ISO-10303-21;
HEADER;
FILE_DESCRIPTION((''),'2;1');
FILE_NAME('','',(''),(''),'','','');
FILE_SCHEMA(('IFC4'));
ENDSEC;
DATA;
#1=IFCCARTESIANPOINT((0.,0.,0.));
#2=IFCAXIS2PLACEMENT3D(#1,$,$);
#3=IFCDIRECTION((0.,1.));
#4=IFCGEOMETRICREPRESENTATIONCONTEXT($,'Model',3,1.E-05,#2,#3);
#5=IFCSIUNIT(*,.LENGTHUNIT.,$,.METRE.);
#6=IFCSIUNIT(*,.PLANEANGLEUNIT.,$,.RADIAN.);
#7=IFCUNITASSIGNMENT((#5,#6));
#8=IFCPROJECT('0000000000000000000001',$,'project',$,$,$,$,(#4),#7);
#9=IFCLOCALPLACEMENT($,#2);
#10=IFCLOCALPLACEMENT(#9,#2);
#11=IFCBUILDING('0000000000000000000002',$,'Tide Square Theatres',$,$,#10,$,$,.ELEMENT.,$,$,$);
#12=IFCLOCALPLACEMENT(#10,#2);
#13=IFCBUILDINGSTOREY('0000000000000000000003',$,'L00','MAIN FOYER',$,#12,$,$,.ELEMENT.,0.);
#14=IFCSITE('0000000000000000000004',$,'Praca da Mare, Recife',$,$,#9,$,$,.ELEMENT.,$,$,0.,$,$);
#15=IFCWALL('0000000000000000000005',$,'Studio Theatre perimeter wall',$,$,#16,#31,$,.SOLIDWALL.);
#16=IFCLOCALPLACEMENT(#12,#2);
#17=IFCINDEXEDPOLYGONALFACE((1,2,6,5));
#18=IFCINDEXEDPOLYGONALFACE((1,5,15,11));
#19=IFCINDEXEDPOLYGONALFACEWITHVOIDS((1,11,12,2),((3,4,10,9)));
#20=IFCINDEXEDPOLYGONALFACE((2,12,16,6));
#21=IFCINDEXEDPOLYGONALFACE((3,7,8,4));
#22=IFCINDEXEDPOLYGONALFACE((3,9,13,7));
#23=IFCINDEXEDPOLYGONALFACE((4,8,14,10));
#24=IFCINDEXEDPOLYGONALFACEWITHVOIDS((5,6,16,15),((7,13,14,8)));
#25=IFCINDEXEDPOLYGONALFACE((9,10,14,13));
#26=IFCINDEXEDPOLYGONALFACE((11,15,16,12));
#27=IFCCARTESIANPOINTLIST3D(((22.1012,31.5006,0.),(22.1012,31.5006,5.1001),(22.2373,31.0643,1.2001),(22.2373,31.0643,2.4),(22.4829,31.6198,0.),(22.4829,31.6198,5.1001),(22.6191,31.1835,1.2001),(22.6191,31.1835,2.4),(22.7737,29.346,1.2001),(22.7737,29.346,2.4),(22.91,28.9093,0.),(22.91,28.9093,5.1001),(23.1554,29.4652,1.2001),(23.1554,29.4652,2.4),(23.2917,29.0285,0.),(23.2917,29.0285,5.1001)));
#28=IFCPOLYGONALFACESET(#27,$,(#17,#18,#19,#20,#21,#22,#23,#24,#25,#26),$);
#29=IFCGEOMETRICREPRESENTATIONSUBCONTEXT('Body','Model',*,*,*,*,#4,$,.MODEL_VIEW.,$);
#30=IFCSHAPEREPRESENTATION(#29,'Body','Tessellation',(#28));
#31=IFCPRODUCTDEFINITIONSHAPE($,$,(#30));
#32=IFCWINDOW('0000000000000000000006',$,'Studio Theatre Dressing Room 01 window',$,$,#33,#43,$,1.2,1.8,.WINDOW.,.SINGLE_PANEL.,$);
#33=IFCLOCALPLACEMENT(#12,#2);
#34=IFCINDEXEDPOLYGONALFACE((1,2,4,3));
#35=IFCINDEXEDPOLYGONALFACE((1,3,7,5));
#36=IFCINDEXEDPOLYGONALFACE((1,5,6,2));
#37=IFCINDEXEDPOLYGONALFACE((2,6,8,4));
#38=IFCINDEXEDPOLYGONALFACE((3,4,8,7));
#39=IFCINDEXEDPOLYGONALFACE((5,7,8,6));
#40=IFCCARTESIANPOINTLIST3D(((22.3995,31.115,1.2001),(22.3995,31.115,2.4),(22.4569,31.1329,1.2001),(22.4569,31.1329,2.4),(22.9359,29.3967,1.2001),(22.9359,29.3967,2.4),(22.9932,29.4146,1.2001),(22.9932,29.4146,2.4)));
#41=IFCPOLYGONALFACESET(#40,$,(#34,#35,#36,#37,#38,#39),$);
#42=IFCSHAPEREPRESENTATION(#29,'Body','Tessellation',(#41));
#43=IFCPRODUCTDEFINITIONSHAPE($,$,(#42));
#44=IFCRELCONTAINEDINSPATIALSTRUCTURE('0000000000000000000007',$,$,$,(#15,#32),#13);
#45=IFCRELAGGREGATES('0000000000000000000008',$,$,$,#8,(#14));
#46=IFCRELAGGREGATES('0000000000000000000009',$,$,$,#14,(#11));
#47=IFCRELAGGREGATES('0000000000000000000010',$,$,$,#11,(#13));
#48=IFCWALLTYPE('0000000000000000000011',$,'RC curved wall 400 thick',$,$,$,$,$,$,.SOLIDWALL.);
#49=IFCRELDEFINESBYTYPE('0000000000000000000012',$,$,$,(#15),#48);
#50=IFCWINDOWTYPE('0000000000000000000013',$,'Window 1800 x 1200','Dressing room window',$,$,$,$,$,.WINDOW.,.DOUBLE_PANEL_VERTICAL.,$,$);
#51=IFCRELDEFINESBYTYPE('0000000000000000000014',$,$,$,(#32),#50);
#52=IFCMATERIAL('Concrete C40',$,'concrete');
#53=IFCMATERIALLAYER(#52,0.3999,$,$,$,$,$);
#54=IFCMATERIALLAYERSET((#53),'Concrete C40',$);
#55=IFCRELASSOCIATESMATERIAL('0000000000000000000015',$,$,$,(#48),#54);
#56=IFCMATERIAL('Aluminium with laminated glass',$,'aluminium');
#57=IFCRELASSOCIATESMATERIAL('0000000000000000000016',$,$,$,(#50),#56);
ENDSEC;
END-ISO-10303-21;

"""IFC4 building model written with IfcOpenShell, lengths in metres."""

from ifc_helpers import new_model, si_unit, direction, frame, frame_2d, origin, place, context, subcontext, project, spatial, rectangle, extrude, material, layer, layer_set, type_object, element, fill, save


model = new_model("IFC4")

# Units and contexts
model_context = context("Model", 3, precision=1e-05, world=origin(), true_north=direction((0.0, 1.0)))
body_context = subcontext(model_context, "Body", "Model", "MODEL_VIEW")
ifc_project = project(units=[si_unit("LENGTHUNIT", "METRE"), si_unit("PLANEANGLEUNIT", "RADIAN")], contexts=[model_context])

# Site, building, storey
site_placement = place(None, origin())
site = spatial("IfcSite", under=ifc_project, at=site_placement, Name="Praca da Mare, Recife", CompositionType="ELEMENT", RefElevation=0.0)
building_placement = place(site_placement, origin())
building = spatial("IfcBuilding", under=site, at=building_placement, Name="Tide Square Theatres", CompositionType="ELEMENT")
storey_placement = place(building_placement, origin())
storey = spatial("IfcBuildingStorey", under=building, at=storey_placement, Name="L00", Description="MAIN FOYER", CompositionType="ELEMENT", Elevation=0.0)

# Wall, opening, window
ifc_material_1 = material(Name="Concrete C40", Category="concrete")
ifc_layer_1 = layer(ifc_material_1, 0.3999)
ifc_layer_set_1 = layer_set([ifc_layer_1], Name="Concrete C40")
wall_type_1 = type_object("IfcWallType", Name="RC curved wall 400 thick", PredefinedType="SOLIDWALL", material=ifc_layer_set_1)
ifc_material_2 = material(Name="Aluminium with laminated glass", Category="aluminium")
window_type_1 = type_object("IfcWindowType", Name="Window 1800 x 1200", Description="Dressing room window", PartitioningType="DOUBLE_PANEL_VERTICAL", PredefinedType="WINDOW", material=ifc_material_2)
wall_1_placement = place(storey_placement, frame((22.292, 31.5603, 0.0), z_axis=(0.0, 0.0, 1.0), x_axis=(0.297957, -0.954579, 0.0)))
wall_1 = element("IfcWall", 1, at=wall_1_placement, inside=storey, type_object=wall_type_1, Name="Studio Theatre perimeter wall", PredefinedType="SOLIDWALL", context=body_context, shape_type="SweptSolid", body=[
    extrude(rectangle(XDim=2.7146, YDim=0.3999, at=frame_2d((1.3574, 0.0))), origin(), (0.0, 0.0, 1.0), 5.1001),
])
opening_1_placement = place(wall_1_placement, frame((0.4573, 0.0, 1.2)))
opening_1 = element("IfcOpeningElement", 2, at=opening_1_placement, cuts=wall_1, PredefinedType="OPENING", context=body_context, shape_type="SweptSolid", body=[
    extrude(rectangle(XDim=1.8, YDim=1.2, at=frame_2d((0.8999, 0.6001))), frame((0.0, 0.21, 0.0), z_axis=(0.0, -1.0, 0.0), x_axis=(1.0, 0.0, 0.0)), (0.0, 0.0, 1.0), 0.4199),
])
window_1_placement = place(opening_1_placement, origin())
window_1 = element("IfcWindow", 3, at=window_1_placement, inside=storey, type_object=window_type_1, Name="Studio Theatre Dressing Room 01 window", OverallHeight=1.2, OverallWidth=1.8, PartitioningType="SINGLE_PANEL", PredefinedType="WINDOW", context=body_context, shape_type="SweptSolid", body=[
    extrude(rectangle(XDim=1.8, YDim=1.2, at=frame_2d((0.8999, 0.6001))), frame((0.0, 0.03, 0.0), z_axis=(0.0, -1.0, 0.0), x_axis=(1.0, 0.0, 0.0)), (0.0, 0.0, 1.0), 0.0601),
])
fill(opening_1, window_1)

save(model, "model.ifc")
